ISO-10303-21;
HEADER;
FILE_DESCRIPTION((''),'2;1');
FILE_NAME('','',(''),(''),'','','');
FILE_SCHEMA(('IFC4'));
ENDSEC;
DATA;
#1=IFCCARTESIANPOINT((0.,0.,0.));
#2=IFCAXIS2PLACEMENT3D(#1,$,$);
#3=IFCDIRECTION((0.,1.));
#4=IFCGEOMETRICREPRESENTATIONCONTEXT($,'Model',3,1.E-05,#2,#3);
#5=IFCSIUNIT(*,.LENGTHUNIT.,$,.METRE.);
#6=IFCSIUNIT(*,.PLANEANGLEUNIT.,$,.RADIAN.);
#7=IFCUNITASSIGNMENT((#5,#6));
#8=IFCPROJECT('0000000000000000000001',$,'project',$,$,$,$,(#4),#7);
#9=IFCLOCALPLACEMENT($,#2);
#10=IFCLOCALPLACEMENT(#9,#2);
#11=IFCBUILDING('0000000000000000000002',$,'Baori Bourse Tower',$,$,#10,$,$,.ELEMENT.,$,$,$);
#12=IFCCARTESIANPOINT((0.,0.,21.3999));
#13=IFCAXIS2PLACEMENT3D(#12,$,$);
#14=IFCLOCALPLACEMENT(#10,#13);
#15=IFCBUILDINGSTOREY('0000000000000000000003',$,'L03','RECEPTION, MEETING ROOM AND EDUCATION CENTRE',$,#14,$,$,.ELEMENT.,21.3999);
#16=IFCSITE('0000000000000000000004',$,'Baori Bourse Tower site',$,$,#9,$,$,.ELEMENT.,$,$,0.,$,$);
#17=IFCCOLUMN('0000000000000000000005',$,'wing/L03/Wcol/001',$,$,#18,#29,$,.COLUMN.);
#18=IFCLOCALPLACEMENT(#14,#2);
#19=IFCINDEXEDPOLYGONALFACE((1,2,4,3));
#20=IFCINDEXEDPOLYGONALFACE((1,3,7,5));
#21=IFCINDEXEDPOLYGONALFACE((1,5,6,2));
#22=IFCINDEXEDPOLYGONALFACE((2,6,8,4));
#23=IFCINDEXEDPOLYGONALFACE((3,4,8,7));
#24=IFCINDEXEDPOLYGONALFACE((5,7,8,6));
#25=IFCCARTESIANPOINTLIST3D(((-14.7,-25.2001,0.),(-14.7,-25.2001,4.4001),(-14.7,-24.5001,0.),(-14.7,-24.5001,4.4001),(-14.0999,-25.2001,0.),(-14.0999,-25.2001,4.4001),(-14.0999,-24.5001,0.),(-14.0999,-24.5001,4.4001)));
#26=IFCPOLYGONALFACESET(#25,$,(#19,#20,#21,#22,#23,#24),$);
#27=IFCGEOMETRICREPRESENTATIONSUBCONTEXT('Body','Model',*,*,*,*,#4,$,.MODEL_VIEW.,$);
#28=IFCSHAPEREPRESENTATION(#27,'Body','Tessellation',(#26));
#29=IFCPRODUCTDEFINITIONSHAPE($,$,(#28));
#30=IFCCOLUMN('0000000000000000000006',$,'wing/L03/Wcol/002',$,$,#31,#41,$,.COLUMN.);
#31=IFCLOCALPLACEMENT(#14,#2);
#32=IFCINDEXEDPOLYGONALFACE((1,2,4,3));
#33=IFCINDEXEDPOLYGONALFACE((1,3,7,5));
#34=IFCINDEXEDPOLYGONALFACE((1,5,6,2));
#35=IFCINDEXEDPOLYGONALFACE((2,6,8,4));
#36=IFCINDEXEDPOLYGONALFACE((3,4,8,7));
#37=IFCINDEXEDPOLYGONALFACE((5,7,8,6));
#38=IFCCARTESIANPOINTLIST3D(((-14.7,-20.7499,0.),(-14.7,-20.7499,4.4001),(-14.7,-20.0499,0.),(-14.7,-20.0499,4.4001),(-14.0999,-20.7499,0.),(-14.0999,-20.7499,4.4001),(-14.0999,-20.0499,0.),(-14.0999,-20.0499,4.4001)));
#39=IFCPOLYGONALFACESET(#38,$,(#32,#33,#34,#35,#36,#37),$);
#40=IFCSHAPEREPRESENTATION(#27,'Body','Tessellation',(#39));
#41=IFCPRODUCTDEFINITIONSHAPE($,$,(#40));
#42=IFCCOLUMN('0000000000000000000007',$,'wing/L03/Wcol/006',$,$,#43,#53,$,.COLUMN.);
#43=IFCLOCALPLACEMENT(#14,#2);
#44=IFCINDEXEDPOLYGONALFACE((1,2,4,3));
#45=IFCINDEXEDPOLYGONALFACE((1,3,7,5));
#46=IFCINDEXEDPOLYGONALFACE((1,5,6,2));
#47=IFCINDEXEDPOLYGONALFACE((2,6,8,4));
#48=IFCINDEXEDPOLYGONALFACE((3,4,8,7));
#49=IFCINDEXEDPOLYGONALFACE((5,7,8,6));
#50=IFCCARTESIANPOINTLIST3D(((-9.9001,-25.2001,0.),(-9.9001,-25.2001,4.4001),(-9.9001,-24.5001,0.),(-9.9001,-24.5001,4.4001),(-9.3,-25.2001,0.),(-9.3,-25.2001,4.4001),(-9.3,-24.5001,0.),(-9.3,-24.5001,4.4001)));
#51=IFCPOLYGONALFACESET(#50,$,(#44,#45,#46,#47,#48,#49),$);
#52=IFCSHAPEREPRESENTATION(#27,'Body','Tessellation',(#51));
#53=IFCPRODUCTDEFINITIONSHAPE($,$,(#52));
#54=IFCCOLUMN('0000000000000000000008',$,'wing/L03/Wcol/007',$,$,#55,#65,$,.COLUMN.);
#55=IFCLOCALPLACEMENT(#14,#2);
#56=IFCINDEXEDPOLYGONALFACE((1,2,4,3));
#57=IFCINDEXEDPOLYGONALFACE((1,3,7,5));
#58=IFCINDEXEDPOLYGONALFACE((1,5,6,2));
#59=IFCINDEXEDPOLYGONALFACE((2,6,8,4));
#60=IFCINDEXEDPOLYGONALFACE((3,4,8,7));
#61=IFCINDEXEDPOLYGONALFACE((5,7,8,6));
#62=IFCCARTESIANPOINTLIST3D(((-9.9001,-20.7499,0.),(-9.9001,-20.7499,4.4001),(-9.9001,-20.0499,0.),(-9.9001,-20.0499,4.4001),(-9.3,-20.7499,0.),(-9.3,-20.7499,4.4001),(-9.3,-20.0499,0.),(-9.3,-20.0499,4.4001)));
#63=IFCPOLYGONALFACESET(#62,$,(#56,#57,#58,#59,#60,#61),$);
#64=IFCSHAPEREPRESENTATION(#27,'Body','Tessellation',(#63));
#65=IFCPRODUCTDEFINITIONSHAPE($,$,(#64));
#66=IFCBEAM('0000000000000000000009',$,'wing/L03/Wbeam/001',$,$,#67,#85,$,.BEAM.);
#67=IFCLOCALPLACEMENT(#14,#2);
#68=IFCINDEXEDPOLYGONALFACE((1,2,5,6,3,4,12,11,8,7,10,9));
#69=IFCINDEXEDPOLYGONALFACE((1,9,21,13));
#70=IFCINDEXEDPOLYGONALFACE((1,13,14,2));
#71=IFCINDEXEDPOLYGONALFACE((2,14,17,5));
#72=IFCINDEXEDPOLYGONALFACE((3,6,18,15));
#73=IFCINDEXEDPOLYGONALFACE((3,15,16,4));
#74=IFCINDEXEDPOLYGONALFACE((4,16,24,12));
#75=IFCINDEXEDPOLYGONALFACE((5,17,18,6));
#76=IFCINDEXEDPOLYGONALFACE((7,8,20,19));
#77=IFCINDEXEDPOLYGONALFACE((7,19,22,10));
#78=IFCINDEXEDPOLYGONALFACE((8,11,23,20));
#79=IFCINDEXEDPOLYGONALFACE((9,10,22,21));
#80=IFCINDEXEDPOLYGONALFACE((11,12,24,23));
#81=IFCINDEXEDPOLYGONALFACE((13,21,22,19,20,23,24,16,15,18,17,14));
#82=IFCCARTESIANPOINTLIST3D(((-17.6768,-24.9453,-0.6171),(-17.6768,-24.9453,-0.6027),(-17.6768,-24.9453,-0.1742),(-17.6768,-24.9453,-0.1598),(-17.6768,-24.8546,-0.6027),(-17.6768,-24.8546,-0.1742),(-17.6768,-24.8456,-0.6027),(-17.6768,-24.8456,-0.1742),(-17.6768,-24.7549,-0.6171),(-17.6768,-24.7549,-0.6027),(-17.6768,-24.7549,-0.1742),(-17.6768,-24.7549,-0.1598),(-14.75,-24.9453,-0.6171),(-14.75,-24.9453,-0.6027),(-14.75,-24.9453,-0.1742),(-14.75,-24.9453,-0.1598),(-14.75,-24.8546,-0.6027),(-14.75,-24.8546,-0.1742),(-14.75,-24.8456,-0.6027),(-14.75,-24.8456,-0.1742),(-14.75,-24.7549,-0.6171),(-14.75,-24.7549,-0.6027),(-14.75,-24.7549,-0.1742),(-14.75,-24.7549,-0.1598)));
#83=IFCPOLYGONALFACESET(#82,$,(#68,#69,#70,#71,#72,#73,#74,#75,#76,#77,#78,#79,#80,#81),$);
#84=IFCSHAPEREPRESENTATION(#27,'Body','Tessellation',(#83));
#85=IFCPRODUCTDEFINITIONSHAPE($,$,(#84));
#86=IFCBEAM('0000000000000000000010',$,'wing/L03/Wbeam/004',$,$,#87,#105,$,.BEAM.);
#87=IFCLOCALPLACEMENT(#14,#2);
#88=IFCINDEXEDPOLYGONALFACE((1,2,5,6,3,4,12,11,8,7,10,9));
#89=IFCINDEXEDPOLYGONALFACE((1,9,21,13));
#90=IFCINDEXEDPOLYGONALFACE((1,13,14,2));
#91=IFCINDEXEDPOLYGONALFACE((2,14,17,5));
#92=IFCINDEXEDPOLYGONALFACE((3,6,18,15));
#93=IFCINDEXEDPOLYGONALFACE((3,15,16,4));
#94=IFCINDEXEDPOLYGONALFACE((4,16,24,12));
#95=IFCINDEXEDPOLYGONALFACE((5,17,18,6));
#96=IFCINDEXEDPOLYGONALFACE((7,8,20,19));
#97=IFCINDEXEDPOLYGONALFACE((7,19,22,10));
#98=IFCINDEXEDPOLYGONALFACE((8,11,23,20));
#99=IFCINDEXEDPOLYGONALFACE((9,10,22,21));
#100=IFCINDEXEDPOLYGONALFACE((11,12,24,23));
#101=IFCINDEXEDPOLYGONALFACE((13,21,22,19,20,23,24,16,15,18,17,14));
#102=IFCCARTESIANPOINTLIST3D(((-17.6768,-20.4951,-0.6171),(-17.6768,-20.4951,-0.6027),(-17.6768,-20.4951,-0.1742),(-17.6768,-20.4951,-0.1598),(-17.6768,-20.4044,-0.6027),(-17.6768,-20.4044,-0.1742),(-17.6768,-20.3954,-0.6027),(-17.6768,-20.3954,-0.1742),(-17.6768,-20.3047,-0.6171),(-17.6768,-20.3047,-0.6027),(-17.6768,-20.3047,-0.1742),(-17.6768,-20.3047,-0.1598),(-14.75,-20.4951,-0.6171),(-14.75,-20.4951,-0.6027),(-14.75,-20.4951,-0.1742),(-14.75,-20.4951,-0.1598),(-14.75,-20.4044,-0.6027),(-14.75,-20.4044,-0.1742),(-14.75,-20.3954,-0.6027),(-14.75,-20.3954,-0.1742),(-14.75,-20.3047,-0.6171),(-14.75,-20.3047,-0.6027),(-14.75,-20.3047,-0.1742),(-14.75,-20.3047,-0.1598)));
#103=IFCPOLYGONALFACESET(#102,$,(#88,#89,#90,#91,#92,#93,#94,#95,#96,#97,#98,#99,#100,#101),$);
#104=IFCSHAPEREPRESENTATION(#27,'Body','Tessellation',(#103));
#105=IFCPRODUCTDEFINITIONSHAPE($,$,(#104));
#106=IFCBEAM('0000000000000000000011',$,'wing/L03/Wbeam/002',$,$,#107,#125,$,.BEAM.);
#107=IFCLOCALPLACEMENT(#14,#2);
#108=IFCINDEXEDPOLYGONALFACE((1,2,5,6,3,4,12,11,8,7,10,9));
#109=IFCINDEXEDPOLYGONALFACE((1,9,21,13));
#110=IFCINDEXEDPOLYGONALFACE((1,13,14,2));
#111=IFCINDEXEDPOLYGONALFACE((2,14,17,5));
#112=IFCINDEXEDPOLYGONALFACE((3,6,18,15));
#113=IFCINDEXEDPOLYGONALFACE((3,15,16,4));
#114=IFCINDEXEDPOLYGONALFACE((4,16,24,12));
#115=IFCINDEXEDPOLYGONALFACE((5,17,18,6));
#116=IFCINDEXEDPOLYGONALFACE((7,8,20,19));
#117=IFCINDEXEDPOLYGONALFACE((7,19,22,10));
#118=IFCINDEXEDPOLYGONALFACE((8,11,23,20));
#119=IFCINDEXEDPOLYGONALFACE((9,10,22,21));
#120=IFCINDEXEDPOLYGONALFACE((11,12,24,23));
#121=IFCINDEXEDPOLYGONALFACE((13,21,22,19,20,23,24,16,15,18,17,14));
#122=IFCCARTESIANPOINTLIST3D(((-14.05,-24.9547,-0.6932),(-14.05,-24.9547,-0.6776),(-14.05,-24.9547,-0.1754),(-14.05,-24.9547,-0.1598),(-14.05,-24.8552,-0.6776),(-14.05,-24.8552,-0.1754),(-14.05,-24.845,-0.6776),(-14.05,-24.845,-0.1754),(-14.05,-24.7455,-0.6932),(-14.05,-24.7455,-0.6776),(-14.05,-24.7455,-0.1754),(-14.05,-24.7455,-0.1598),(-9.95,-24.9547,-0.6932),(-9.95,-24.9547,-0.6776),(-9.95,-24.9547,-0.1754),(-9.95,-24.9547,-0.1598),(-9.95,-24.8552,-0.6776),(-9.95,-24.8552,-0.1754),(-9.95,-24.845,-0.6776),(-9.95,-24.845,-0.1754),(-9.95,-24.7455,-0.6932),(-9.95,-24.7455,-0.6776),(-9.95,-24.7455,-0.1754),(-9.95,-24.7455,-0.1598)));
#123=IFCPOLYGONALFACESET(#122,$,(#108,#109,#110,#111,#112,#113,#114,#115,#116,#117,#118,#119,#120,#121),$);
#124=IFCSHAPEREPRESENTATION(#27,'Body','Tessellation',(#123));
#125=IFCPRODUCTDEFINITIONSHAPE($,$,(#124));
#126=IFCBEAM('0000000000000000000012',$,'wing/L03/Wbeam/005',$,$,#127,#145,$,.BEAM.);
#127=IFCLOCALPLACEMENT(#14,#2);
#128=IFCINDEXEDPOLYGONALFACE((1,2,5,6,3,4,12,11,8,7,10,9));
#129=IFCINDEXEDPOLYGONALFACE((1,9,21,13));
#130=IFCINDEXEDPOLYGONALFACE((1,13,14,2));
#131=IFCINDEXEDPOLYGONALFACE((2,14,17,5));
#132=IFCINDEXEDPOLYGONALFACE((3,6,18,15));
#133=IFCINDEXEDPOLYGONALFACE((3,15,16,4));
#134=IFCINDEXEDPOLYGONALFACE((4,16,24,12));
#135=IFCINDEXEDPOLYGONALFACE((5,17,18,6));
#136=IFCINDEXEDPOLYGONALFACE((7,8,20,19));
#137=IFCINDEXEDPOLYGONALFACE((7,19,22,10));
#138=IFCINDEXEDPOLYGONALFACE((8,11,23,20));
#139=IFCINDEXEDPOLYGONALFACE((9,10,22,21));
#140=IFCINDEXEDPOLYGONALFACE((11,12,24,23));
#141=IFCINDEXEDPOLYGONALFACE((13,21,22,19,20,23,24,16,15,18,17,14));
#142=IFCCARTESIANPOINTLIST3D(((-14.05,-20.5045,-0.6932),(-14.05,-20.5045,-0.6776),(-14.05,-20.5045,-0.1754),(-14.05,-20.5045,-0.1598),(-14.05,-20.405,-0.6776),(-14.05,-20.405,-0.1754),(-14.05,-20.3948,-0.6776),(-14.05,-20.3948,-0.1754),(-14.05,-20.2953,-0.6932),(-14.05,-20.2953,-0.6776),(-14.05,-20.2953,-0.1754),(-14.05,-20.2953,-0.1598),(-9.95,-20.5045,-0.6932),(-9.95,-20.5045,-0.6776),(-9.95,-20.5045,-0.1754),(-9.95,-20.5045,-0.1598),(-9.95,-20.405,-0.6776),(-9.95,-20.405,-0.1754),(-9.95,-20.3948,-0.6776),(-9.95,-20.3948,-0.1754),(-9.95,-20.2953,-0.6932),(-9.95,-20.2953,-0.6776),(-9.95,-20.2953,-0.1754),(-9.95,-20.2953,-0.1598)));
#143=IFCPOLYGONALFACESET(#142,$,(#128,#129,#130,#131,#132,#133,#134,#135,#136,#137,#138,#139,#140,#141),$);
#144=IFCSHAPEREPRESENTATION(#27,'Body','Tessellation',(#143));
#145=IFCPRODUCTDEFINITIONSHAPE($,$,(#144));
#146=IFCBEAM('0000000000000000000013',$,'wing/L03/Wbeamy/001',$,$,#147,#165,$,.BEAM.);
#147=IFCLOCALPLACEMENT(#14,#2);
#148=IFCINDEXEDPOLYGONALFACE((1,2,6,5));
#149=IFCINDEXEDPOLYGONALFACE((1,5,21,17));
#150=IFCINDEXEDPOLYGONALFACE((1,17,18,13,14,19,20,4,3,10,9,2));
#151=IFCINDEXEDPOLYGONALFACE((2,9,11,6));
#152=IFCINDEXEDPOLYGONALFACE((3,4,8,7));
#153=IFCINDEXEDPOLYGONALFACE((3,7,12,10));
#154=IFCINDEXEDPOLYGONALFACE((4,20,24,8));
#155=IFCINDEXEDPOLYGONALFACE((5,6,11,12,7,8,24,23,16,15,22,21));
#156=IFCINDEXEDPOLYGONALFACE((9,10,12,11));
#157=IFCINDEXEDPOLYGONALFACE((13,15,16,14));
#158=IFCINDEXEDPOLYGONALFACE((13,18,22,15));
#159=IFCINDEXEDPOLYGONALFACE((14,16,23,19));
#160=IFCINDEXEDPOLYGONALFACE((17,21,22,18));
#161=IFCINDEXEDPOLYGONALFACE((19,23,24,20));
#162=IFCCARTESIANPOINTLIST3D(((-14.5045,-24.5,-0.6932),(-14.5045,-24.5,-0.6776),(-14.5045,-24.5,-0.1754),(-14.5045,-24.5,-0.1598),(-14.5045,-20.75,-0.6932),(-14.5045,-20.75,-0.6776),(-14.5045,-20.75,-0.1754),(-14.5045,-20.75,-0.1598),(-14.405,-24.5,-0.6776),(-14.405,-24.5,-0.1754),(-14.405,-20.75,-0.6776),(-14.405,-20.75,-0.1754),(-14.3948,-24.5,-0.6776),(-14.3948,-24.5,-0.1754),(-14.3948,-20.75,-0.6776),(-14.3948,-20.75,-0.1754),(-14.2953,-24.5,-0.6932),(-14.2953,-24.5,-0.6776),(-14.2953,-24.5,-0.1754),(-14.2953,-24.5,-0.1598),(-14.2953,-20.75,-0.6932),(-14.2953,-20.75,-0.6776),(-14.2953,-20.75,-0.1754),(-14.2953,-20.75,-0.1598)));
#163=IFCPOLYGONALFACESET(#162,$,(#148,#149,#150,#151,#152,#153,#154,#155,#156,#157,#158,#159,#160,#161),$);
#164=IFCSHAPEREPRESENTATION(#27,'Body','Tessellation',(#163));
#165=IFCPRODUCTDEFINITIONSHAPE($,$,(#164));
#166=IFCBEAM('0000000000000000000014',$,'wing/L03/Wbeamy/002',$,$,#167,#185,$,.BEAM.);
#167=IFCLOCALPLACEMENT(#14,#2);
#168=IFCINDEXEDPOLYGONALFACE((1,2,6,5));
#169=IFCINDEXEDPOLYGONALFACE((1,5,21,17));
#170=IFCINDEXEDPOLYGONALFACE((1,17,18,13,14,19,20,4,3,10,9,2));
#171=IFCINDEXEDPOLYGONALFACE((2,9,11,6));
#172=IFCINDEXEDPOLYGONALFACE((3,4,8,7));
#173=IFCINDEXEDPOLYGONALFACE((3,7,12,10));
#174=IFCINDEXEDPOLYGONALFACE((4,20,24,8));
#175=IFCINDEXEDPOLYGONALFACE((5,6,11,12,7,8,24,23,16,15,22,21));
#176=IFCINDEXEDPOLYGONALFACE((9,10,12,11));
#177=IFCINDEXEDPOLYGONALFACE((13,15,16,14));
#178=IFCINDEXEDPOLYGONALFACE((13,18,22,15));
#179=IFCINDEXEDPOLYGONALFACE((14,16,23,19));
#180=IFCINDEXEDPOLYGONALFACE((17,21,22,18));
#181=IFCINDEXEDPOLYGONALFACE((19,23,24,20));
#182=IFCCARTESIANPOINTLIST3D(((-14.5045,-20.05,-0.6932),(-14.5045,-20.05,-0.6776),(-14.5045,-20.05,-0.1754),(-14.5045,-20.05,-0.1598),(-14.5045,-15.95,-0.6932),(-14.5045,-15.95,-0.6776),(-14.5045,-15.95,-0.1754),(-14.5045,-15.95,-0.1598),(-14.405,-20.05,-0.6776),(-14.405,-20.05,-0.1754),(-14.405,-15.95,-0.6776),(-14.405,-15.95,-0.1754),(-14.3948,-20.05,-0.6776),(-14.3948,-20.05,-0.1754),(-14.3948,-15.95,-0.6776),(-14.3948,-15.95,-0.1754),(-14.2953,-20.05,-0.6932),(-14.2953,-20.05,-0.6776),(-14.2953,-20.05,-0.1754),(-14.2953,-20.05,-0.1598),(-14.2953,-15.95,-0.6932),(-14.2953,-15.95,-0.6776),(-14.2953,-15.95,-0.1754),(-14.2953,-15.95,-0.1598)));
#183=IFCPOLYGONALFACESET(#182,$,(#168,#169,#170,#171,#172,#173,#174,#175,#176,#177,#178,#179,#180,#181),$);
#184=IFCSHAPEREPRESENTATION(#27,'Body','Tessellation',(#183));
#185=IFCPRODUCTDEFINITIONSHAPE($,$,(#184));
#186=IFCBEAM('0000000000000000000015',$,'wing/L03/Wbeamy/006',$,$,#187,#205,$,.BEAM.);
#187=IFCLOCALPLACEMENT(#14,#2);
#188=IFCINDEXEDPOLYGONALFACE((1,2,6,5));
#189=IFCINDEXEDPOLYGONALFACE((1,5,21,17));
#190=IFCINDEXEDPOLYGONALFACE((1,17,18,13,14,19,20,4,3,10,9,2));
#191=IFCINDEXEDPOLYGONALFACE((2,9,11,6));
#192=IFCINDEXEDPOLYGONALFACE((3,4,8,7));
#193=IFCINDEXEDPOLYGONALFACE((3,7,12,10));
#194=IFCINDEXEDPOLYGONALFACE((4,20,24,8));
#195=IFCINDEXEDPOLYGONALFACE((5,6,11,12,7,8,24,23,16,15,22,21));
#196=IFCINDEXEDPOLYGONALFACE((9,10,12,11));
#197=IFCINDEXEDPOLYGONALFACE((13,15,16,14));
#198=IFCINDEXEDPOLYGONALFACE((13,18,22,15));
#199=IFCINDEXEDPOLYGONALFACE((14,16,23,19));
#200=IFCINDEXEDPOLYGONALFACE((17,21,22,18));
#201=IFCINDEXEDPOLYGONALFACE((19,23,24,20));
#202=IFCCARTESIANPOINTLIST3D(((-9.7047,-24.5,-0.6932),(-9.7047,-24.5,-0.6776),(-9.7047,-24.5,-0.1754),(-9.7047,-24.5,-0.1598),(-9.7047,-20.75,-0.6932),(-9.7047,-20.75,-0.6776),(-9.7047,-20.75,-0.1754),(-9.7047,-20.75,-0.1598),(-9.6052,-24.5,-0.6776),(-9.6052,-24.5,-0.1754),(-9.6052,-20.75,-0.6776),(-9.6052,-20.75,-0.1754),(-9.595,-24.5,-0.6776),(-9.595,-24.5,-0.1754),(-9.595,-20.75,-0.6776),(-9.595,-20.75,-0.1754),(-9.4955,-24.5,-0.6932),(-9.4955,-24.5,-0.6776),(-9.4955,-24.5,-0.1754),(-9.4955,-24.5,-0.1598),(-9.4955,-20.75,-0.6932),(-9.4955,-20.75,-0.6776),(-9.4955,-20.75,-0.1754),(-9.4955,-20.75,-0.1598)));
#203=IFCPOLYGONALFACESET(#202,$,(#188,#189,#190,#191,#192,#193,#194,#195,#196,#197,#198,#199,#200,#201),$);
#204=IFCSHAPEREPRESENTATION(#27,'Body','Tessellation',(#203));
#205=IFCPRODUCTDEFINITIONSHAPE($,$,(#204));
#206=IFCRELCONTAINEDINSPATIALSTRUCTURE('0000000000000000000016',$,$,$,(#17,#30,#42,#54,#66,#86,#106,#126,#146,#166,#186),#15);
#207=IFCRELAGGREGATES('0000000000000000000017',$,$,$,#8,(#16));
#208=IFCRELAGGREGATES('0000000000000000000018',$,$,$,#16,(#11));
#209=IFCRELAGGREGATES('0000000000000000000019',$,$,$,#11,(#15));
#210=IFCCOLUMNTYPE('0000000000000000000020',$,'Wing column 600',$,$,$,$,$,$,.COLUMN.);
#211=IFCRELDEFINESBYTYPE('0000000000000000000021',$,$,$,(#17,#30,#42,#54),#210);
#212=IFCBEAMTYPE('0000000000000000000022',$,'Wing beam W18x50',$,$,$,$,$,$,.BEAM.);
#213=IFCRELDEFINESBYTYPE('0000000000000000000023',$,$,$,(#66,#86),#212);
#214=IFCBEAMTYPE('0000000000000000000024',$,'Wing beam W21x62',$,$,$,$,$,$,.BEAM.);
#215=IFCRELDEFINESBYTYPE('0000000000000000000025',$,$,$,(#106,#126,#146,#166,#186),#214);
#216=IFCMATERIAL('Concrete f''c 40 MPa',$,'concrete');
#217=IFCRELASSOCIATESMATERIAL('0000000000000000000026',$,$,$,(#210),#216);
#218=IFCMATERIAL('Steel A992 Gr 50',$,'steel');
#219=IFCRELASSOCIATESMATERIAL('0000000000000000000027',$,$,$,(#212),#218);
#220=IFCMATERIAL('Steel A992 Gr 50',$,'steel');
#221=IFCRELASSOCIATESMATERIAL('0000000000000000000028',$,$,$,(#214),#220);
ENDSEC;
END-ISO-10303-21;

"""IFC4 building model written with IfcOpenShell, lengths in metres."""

from ifc_helpers import new_model, si_unit, direction, frame, origin, origin_2d, place, context, subcontext, project, spatial, rectangle, i_section, extrude, material, material_profile, profile_set, type_object, element, save


model = new_model("IFC4")

# Units and contexts
model_context = context("Model", 3, precision=1e-05, world=origin(), true_north=direction((0.0, 1.0)))
body_context = subcontext(model_context, "Body", "Model", "MODEL_VIEW")
ifc_project = project(units=[si_unit("LENGTHUNIT", "METRE"), si_unit("PLANEANGLEUNIT", "RADIAN")], contexts=[model_context])

# Site, building, storey
site_placement = place(None, origin())
site = spatial("IfcSite", under=ifc_project, at=site_placement, Name="Baori Bourse Tower site", CompositionType="ELEMENT", RefElevation=0.0)
building_placement = place(site_placement, origin())
building = spatial("IfcBuilding", under=site, at=building_placement, Name="Baori Bourse Tower", CompositionType="ELEMENT")
storey_placement = place(building_placement, frame((0.0, 0.0, 21.3999)))
storey = spatial("IfcBuildingStorey", under=building, at=storey_placement, Name="L03", Description="RECEPTION, MEETING ROOM AND EDUCATION CENTRE", CompositionType="ELEMENT", Elevation=21.3999)

# Columns
ifc_material_1 = material(Name="Concrete f'c 40 MPa", Category="concrete")
ifc_material_profile_1 = material_profile(ifc_material_1, rectangle(XDim=0.6001, YDim=0.7, at=origin_2d()), Name="Wing column 600")
ifc_profile_set_1 = profile_set([ifc_material_profile_1], Name="Concrete f'c 40 MPa")
column_type = type_object("IfcColumnType", Name="Wing column 600", PredefinedType="COLUMN", material=ifc_profile_set_1)
for number, where, z_axis, x_axis, name in (
    (1, (-14.3999, -24.8501, 0.0), (0.0, 0.0, 1.0), (1.0, 0.0, 0.0), "wing/L03/Wcol/001"),
    (2, (-14.3999, -20.3999, 0.0), (0.0, 0.0, 1.0), (1.0, 0.0, 0.0), "wing/L03/Wcol/002"),
    (3, (-9.6001, -24.8501, 0.0), (0.0, 0.0, 1.0), (1.0, 0.0, 0.0), "wing/L03/Wcol/006"),
    (4, (-9.6001, -20.3999, 0.0), (0.0, 0.0, 1.0), (1.0, 0.0, 0.0), "wing/L03/Wcol/007"),
):
    element("IfcColumn", number, at=place(storey_placement, frame(where, z_axis=z_axis, x_axis=x_axis)), inside=storey, type_object=column_type, Name=name, PredefinedType="COLUMN", context=body_context, shape_type="SweptSolid", body=[
        extrude(rectangle(XDim=0.6001, YDim=0.7, at=origin_2d()), origin(), (0.0, 0.0, 1.0), 4.4001),
    ])

# Beams
ifc_material_2 = material(Name="Steel A992 Gr 50", Category="steel")
ifc_material_profile_2 = material_profile(ifc_material_2, i_section(OverallWidth=0.1904, OverallDepth=0.4573, WebThickness=0.009, FlangeThickness=0.0144, at=origin_2d()), Name="W18x50")
ifc_profile_set_2 = profile_set([ifc_material_profile_2], Name="Steel A992 Gr 50")
beam_type_1 = type_object("IfcBeamType", Name="Wing beam W18x50", PredefinedType="BEAM", material=ifc_profile_set_2)
for number, where, z_axis, x_axis, name in (
    (5, (-17.6768, -24.8501, -0.3884), (1.0, 0.0, 0.0), (0.0, 1.0, 0.0), "wing/L03/Wbeam/001"),
    (6, (-17.6768, -20.3999, -0.3884), (1.0, 0.0, 0.0), (0.0, 1.0, 0.0), "wing/L03/Wbeam/004"),
):
    element("IfcBeam", number, at=place(storey_placement, frame(where, z_axis=z_axis, x_axis=x_axis)), inside=storey, type_object=beam_type_1, Name=name, PredefinedType="BEAM", context=body_context, shape_type="SweptSolid", body=[
        extrude(i_section(OverallWidth=0.1904, OverallDepth=0.4573, WebThickness=0.009, FlangeThickness=0.0144, at=origin_2d()), origin(), (0.0, 0.0, 1.0), 2.9268),
    ])
ifc_material_3 = material(Name="Steel A992 Gr 50", Category="steel")
ifc_material_profile_3 = material_profile(ifc_material_3, i_section(OverallWidth=0.2092, OverallDepth=0.5334, WebThickness=0.0103, FlangeThickness=0.0156, at=origin_2d()), Name="W21x62")
ifc_profile_set_3 = profile_set([ifc_material_profile_3], Name="Steel A992 Gr 50")
beam_type_2 = type_object("IfcBeamType", Name="Wing beam W21x62", PredefinedType="BEAM", material=ifc_profile_set_3)
for number, where, z_axis, x_axis, name in (
    (7, (-14.05, -24.8501, -0.4265), (1.0, 0.0, 0.0), (0.0, 1.0, 0.0), "wing/L03/Wbeam/002"),
    (8, (-14.05, -20.3999, -0.4265), (1.0, 0.0, 0.0), (0.0, 1.0, 0.0), "wing/L03/Wbeam/005"),
):
    element("IfcBeam", number, at=place(storey_placement, frame(where, z_axis=z_axis, x_axis=x_axis)), inside=storey, type_object=beam_type_2, Name=name, PredefinedType="BEAM", context=body_context, shape_type="SweptSolid", body=[
        extrude(i_section(OverallWidth=0.2092, OverallDepth=0.5334, WebThickness=0.0103, FlangeThickness=0.0156, at=origin_2d()), origin(), (0.0, 0.0, 1.0), 4.1001),
    ])
beam_1_placement = place(storey_placement, frame((-14.3999, -24.5, -0.4265), z_axis=(0.0, 1.0, 0.0), x_axis=(-1.0, 0.0, 0.0)))
element("IfcBeam", 9, at=beam_1_placement, inside=storey, type_object=beam_type_2, Name="wing/L03/Wbeamy/001", PredefinedType="BEAM", context=body_context, shape_type="SweptSolid", body=[
    extrude(i_section(OverallWidth=0.2092, OverallDepth=0.5334, WebThickness=0.0103, FlangeThickness=0.0156, at=origin_2d()), origin(), (0.0, 0.0, 1.0), 3.75),
])
beam_2_placement = place(storey_placement, frame((-14.3999, -20.05, -0.4265), z_axis=(0.0, 1.0, 0.0), x_axis=(-1.0, 0.0, 0.0)))
element("IfcBeam", 10, at=beam_2_placement, inside=storey, type_object=beam_type_2, Name="wing/L03/Wbeamy/002", PredefinedType="BEAM", context=body_context, shape_type="SweptSolid", body=[
    extrude(i_section(OverallWidth=0.2092, OverallDepth=0.5334, WebThickness=0.0103, FlangeThickness=0.0156, at=origin_2d()), origin(), (0.0, 0.0, 1.0), 4.1001),
])
beam_3_placement = place(storey_placement, frame((-9.6001, -24.5, -0.4265), z_axis=(0.0, 1.0, 0.0), x_axis=(-1.0, 0.0, 0.0)))
element("IfcBeam", 11, at=beam_3_placement, inside=storey, type_object=beam_type_2, Name="wing/L03/Wbeamy/006", PredefinedType="BEAM", context=body_context, shape_type="SweptSolid", body=[
    extrude(i_section(OverallWidth=0.2092, OverallDepth=0.5334, WebThickness=0.0103, FlangeThickness=0.0156, at=origin_2d()), origin(), (0.0, 0.0, 1.0), 3.75),
])

save(model, "model.ifc")
